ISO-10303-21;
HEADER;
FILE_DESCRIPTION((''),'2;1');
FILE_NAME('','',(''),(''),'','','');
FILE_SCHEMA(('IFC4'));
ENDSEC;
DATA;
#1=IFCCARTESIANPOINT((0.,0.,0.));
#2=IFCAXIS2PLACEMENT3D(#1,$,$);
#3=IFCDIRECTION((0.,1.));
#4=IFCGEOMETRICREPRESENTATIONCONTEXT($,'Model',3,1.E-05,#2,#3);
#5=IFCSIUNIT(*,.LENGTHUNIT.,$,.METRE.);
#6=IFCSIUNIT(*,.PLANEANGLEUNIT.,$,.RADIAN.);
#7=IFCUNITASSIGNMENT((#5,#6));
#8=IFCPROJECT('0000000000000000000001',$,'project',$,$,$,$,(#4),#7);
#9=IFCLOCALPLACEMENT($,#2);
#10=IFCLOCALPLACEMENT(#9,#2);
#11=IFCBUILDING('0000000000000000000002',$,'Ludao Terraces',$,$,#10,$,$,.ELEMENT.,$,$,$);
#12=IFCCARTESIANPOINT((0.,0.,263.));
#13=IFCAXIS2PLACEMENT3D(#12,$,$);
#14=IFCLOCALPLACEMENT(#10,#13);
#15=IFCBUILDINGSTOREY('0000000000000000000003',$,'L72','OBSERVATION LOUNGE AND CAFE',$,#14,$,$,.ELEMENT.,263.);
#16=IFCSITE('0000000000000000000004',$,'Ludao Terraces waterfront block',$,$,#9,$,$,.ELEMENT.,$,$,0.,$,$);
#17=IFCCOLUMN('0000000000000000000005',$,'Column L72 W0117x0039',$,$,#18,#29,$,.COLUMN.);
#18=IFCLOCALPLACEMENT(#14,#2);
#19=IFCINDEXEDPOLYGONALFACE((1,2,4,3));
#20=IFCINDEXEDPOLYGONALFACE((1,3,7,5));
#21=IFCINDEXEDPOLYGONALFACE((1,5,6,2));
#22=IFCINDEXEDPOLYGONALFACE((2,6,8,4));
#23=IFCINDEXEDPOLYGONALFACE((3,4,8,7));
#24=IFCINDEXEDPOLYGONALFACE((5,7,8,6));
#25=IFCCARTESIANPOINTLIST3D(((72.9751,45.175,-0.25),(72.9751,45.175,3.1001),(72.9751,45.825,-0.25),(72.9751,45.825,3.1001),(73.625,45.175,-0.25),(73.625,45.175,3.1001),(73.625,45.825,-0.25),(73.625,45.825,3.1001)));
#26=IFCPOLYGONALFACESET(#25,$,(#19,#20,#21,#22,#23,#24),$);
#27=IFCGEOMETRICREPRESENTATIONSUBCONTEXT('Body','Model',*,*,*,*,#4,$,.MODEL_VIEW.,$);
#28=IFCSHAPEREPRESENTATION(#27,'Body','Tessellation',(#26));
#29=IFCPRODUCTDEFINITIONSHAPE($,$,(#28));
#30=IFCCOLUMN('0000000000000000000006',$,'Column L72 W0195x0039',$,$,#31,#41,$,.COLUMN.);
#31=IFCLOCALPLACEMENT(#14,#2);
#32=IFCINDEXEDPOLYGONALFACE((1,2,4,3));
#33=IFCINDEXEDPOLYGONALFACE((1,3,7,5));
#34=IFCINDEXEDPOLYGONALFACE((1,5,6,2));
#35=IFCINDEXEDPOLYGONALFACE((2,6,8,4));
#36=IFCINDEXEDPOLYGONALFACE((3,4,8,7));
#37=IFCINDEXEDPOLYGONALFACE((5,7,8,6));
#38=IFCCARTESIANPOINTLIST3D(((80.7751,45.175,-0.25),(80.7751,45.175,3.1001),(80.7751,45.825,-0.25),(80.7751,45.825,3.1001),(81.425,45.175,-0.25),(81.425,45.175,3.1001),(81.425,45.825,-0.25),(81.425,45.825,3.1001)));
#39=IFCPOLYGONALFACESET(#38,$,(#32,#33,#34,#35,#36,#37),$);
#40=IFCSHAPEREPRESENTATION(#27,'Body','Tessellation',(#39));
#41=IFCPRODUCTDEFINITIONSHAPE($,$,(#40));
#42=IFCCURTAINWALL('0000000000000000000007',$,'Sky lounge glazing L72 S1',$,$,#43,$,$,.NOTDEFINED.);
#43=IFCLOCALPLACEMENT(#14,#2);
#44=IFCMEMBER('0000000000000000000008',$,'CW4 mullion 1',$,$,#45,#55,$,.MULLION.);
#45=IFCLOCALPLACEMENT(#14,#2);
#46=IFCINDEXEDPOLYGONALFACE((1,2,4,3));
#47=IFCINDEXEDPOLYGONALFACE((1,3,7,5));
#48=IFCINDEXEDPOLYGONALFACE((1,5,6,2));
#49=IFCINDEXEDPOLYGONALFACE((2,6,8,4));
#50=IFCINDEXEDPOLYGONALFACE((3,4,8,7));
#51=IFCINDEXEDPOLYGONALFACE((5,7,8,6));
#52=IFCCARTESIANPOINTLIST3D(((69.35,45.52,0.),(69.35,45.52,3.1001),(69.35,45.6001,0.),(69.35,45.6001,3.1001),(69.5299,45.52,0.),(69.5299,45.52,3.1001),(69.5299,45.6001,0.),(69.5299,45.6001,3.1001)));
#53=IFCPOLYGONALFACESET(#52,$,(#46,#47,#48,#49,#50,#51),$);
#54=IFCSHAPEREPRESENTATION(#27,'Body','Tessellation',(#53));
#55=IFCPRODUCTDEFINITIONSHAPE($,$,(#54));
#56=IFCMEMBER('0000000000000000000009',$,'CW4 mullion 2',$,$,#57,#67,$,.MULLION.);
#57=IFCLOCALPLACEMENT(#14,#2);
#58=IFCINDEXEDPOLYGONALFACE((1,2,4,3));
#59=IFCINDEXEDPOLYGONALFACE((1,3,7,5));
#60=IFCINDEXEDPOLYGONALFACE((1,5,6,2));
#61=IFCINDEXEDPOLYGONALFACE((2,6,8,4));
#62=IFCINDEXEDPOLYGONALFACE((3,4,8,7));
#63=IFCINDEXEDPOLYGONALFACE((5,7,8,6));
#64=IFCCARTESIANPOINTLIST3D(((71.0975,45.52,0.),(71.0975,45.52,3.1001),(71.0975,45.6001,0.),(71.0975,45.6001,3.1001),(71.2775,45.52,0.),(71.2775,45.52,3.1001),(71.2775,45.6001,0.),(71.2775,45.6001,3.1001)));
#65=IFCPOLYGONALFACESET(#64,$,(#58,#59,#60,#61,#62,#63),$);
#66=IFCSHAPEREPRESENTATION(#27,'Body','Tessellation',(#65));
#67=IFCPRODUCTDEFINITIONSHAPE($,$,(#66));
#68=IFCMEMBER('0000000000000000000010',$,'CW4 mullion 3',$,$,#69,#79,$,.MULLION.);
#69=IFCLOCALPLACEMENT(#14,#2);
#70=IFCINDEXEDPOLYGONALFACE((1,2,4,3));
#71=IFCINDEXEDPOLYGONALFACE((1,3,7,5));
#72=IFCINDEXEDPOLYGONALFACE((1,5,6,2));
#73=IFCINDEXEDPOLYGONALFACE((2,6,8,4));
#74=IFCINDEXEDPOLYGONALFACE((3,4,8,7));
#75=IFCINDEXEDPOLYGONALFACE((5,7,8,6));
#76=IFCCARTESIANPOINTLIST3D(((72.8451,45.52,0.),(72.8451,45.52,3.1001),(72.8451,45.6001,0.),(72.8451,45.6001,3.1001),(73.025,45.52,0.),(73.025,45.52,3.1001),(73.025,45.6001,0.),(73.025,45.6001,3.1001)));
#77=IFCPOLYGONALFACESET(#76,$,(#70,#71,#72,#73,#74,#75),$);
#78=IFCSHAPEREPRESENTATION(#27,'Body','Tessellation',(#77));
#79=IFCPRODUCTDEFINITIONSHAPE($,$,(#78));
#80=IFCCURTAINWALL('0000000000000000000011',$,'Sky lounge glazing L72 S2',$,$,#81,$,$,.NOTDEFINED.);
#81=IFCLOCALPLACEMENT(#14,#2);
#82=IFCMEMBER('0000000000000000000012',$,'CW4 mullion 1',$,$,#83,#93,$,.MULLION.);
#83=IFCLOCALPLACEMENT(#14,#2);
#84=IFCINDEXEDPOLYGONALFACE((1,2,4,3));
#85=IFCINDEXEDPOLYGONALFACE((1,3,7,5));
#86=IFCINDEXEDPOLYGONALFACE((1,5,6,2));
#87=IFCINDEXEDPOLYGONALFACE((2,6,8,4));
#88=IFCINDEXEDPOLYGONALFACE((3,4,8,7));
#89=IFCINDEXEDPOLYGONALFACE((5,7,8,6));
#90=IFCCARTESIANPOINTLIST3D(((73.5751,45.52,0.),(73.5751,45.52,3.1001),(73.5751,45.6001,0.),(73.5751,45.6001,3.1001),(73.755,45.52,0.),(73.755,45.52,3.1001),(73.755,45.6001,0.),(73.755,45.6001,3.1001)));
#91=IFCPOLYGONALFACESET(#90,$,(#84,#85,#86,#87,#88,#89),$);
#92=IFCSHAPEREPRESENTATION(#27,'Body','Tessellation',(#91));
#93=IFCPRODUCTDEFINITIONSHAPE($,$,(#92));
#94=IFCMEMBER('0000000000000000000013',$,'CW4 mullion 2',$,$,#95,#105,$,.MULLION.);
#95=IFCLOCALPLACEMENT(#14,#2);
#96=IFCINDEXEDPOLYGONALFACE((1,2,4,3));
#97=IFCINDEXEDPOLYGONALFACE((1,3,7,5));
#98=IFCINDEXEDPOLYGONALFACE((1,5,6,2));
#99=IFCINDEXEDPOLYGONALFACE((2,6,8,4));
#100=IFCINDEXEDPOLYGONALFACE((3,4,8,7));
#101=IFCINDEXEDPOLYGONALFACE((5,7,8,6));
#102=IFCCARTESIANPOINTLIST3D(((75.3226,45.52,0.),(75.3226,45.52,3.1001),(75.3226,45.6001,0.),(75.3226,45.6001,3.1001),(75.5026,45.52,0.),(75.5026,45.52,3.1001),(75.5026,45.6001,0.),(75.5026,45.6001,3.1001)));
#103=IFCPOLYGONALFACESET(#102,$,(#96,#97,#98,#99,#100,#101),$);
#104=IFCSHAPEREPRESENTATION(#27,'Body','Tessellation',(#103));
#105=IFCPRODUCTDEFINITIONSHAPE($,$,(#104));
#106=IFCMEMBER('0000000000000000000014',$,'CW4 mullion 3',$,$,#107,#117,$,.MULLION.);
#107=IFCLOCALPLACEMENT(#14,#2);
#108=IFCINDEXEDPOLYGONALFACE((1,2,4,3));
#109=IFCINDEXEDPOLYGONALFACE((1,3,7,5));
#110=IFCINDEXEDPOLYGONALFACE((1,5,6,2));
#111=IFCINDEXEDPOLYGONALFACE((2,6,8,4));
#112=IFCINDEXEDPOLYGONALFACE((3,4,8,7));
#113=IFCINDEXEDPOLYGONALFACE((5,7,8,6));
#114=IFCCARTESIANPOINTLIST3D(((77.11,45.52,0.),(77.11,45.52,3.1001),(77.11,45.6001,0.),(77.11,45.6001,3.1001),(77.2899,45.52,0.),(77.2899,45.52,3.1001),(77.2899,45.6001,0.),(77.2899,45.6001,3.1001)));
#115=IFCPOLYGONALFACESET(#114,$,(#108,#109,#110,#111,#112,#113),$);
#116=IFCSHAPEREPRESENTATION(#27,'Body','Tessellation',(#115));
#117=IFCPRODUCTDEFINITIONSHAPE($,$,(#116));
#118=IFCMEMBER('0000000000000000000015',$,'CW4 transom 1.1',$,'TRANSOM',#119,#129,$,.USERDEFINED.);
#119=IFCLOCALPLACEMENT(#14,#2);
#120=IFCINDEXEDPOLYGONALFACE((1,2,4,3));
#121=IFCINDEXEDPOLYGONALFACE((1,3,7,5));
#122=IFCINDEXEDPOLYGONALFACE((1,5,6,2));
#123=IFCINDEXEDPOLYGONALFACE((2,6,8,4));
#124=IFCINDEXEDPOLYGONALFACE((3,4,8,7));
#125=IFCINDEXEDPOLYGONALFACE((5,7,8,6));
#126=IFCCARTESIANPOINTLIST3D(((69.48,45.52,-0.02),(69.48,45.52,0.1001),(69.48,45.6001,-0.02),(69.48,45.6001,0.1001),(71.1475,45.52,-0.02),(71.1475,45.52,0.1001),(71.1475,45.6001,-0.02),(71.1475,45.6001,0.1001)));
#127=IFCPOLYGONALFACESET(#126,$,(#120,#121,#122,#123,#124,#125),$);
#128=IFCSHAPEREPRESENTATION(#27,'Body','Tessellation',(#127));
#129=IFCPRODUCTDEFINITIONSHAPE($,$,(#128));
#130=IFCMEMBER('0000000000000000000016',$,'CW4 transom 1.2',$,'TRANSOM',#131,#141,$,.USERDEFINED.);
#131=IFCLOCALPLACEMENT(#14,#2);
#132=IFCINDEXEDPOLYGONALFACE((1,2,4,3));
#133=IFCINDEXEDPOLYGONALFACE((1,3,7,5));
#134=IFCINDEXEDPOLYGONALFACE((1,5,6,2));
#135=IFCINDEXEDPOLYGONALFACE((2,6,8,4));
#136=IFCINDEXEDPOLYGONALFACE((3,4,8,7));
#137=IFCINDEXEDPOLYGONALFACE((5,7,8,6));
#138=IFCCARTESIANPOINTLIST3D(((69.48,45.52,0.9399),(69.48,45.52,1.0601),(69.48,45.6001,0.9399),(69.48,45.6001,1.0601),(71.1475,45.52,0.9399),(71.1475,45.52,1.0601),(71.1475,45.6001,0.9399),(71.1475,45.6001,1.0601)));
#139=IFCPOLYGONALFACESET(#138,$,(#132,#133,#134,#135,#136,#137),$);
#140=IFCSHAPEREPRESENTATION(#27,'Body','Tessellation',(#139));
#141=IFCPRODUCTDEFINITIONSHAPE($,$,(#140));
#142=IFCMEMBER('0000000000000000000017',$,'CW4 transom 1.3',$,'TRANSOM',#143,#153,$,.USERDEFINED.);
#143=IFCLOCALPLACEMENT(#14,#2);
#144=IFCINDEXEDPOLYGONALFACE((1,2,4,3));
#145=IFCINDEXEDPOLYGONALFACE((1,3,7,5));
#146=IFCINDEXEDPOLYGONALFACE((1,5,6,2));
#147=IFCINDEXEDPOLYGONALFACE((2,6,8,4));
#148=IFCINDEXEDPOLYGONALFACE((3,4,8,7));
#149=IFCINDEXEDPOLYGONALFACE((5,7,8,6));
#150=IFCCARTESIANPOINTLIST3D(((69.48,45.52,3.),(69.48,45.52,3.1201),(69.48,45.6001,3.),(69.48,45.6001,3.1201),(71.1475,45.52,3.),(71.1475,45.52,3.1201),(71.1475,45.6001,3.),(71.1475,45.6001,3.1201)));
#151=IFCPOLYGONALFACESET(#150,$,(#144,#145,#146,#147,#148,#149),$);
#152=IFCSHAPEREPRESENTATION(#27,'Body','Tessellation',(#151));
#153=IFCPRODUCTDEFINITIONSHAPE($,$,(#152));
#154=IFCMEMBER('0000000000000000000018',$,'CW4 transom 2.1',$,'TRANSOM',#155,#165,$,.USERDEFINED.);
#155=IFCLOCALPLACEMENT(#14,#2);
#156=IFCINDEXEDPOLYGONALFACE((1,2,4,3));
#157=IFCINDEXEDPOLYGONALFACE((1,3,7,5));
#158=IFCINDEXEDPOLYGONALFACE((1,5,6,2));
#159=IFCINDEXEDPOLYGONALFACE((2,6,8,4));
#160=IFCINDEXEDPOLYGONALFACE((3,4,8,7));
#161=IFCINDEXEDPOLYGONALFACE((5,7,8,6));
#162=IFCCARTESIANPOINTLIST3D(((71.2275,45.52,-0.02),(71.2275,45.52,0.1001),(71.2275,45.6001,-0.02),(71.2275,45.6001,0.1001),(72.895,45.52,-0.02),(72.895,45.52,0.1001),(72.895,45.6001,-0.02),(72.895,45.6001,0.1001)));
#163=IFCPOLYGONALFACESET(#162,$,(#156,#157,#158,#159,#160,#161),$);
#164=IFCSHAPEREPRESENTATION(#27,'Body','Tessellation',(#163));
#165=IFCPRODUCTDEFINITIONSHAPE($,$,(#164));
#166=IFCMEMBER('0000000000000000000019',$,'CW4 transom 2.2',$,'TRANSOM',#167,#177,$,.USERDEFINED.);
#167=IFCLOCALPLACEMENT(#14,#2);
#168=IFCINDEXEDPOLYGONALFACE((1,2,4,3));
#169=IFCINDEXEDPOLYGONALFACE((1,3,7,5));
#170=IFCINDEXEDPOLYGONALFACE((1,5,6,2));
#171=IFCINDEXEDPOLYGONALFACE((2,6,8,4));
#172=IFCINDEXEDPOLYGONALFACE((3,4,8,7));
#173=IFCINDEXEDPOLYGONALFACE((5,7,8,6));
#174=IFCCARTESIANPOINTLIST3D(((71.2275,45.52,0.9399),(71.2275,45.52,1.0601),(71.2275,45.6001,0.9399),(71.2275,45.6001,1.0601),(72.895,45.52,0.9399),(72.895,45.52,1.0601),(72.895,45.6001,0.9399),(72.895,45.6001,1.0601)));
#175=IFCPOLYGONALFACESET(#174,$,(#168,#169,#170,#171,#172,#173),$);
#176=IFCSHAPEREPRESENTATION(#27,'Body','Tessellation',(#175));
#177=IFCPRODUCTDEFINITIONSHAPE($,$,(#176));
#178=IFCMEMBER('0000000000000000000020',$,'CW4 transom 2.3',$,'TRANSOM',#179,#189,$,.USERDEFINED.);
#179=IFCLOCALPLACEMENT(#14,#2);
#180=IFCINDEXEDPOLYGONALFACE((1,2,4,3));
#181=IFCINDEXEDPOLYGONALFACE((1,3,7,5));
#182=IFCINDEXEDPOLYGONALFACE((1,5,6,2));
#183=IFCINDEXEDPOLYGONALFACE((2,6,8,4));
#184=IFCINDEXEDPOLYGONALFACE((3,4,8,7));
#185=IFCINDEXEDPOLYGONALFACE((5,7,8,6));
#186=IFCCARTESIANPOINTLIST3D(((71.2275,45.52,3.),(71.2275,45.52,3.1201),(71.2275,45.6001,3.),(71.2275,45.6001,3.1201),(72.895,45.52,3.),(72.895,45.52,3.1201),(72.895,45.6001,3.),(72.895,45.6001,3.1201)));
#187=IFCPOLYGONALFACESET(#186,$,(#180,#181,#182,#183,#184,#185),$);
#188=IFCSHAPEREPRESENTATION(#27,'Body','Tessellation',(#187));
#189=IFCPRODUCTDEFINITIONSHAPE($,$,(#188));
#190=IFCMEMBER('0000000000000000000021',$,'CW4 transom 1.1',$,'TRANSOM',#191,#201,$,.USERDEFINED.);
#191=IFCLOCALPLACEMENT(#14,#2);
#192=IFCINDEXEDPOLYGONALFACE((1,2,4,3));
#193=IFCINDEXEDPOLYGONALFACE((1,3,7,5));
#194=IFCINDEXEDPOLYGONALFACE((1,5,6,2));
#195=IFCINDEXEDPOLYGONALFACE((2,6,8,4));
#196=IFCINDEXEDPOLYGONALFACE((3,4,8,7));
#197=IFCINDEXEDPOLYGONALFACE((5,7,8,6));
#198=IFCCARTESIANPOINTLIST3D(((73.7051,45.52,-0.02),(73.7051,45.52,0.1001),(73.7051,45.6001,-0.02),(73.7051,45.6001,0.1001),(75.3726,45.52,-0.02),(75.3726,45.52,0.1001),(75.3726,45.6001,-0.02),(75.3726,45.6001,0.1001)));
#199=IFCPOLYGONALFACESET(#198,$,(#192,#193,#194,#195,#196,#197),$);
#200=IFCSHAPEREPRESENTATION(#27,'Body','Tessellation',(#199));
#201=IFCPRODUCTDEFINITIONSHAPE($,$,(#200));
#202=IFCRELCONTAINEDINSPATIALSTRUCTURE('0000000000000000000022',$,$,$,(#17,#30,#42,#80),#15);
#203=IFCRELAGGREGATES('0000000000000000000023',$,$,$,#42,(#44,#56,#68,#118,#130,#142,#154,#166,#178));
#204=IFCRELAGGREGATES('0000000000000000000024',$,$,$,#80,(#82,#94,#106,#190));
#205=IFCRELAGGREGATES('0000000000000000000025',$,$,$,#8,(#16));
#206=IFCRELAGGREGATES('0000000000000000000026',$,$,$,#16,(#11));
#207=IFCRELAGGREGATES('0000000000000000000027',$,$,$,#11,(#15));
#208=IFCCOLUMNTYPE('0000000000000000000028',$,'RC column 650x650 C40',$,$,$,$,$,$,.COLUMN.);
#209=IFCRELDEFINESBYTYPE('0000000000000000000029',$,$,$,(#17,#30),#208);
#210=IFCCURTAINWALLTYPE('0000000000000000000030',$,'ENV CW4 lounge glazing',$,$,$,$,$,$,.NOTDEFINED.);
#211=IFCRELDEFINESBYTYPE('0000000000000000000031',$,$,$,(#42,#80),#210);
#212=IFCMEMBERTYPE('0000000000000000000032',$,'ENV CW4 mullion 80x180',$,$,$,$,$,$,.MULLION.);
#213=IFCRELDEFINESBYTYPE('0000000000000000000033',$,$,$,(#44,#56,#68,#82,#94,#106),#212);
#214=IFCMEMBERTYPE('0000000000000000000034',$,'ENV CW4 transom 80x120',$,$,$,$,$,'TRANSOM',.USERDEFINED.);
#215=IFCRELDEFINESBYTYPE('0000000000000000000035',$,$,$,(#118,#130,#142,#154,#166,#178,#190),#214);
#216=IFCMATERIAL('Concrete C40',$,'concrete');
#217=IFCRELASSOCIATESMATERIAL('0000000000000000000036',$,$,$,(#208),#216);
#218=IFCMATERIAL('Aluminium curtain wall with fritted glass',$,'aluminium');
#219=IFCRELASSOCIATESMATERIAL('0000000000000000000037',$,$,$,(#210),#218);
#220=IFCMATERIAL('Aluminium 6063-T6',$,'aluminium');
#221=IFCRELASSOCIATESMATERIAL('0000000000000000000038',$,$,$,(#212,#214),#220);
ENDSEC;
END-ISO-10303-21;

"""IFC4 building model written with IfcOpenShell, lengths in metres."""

from ifc_helpers import new_model, si_unit, direction, frame, origin, origin_2d, place, context, subcontext, project, spatial, rectangle, extrude, material, material_profile, profile_set, type_object, element, aggregate, save


model = new_model("IFC4")

# Units and contexts
model_context = context("Model", 3, precision=1e-05, world=origin(), true_north=direction((0.0, 1.0)))
body_context = subcontext(model_context, "Body", "Model", "MODEL_VIEW")
ifc_project = project(units=[si_unit("LENGTHUNIT", "METRE"), si_unit("PLANEANGLEUNIT", "RADIAN")], contexts=[model_context])

# Site, building, storey
site_placement = place(None, origin())
site = spatial("IfcSite", under=ifc_project, at=site_placement, Name="Ludao Terraces waterfront block", CompositionType="ELEMENT", RefElevation=0.0)
building_placement = place(site_placement, origin())
building = spatial("IfcBuilding", under=site, at=building_placement, Name="Ludao Terraces", CompositionType="ELEMENT")
storey_placement = place(building_placement, frame((0.0, 0.0, 263.0)))
storey = spatial("IfcBuildingStorey", under=building, at=storey_placement, Name="L72", Description="OBSERVATION LOUNGE AND CAFE", CompositionType="ELEMENT", Elevation=263.0)

# Columns
ifc_material_1 = material(Name="Concrete C40", Category="concrete")
ifc_material_profile_1 = material_profile(ifc_material_1, rectangle(XDim=0.6499, YDim=0.6499, at=origin_2d()), Name="650 X 650")
ifc_profile_set_1 = profile_set([ifc_material_profile_1], Name="Concrete C40")
column_type = type_object("IfcColumnType", Name="RC column 650x650 C40", PredefinedType="COLUMN", material=ifc_profile_set_1)
for number, where, z_axis, x_axis, name in (
    (1, (73.3, 45.5, -0.25), (0.0, 0.0, 1.0), (1.0, 0.0, 0.0), "Column L72 W0117x0039"),
    (2, (81.1001, 45.5, -0.25), (0.0, 0.0, 1.0), (1.0, 0.0, 0.0), "Column L72 W0195x0039"),
):
    element("IfcColumn", number, at=place(storey_placement, frame(where, z_axis=z_axis, x_axis=x_axis)), inside=storey, type_object=column_type, Name=name, PredefinedType="COLUMN", context=body_context, shape_type="SweptSolid", body=[
        extrude(rectangle(XDim=0.6499, YDim=0.6499, at=origin_2d()), origin(), (0.0, 0.0, 1.0), 3.3501),
    ])

# Curtain walls, members
ifc_material_2 = material(Name="Aluminium curtain wall with fritted glass", Category="aluminium")
curtain_wall_type = type_object("IfcCurtainWallType", Name="ENV CW4 lounge glazing", PredefinedType="NOTDEFINED", material=ifc_material_2)
curtain_wall_1_placement = place(storey_placement, origin())
curtain_wall_1 = element("IfcCurtainWall", 3, at=curtain_wall_1_placement, inside=storey, type_object=curtain_wall_type, Name="Sky lounge glazing L72 S1", PredefinedType="NOTDEFINED")
ifc_material_3 = material(Name="Aluminium 6063-T6", Category="aluminium")
ifc_material_profile_2 = material_profile(ifc_material_3, rectangle(XDim=0.0801, YDim=0.1799, at=origin_2d()), Name="80 X 180")
ifc_profile_set_2 = profile_set([ifc_material_profile_2], Name="Aluminium 6063-T6")
member_type_1 = type_object("IfcMemberType", Name="ENV CW4 mullion 80x180", PredefinedType="MULLION", material=ifc_profile_set_2)
member_1_placement = place(storey_placement, frame((69.4399, 45.5601, 0.0), z_axis=(0.0, 0.0, 1.0), x_axis=(0.0, 1.0, 0.0)))
member_1 = element("IfcMember", 4, at=member_1_placement, type_object=member_type_1, Name="CW4 mullion 1", PredefinedType="MULLION", context=body_context, shape_type="SweptSolid", body=[
    extrude(rectangle(XDim=0.0801, YDim=0.1799, at=origin_2d()), origin(), (0.0, 0.0, 1.0), 3.1001),
])
member_2_placement = place(storey_placement, frame((71.1875, 45.5601, 0.0), z_axis=(0.0, 0.0, 1.0), x_axis=(0.0, 1.0, 0.0)))
member_2 = element("IfcMember", 5, at=member_2_placement, type_object=member_type_1, Name="CW4 mullion 2", PredefinedType="MULLION", context=body_context, shape_type="SweptSolid", body=[
    extrude(rectangle(XDim=0.0801, YDim=0.1799, at=origin_2d()), origin(), (0.0, 0.0, 1.0), 3.1001),
])
member_3_placement = place(storey_placement, frame((72.9351, 45.5601, 0.0), z_axis=(0.0, 0.0, 1.0), x_axis=(0.0, 1.0, 0.0)))
member_3 = element("IfcMember", 6, at=member_3_placement, type_object=member_type_1, Name="CW4 mullion 3", PredefinedType="MULLION", context=body_context, shape_type="SweptSolid", body=[
    extrude(rectangle(XDim=0.0801, YDim=0.1799, at=origin_2d()), origin(), (0.0, 0.0, 1.0), 3.1001),
])
curtain_wall_2_placement = place(storey_placement, origin())
curtain_wall_2 = element("IfcCurtainWall", 7, at=curtain_wall_2_placement, inside=storey, type_object=curtain_wall_type, Name="Sky lounge glazing L72 S2", PredefinedType="NOTDEFINED")
member_4_placement = place(storey_placement, frame((73.665, 45.5601, 0.0), z_axis=(0.0, 0.0, 1.0), x_axis=(0.0, 1.0, 0.0)))
member_4 = element("IfcMember", 8, at=member_4_placement, type_object=member_type_1, Name="CW4 mullion 1", PredefinedType="MULLION", context=body_context, shape_type="SweptSolid", body=[
    extrude(rectangle(XDim=0.0801, YDim=0.1799, at=origin_2d()), origin(), (0.0, 0.0, 1.0), 3.1001),
])
member_5_placement = place(storey_placement, frame((75.4126, 45.5601, 0.0), z_axis=(0.0, 0.0, 1.0), x_axis=(0.0, 1.0, 0.0)))
member_5 = element("IfcMember", 9, at=member_5_placement, type_object=member_type_1, Name="CW4 mullion 2", PredefinedType="MULLION", context=body_context, shape_type="SweptSolid", body=[
    extrude(rectangle(XDim=0.0801, YDim=0.1799, at=origin_2d()), origin(), (0.0, 0.0, 1.0), 3.1001),
])
member_6_placement = place(storey_placement, frame((77.2, 45.5601, 0.0), z_axis=(0.0, 0.0, 1.0), x_axis=(0.0, 1.0, 0.0)))
member_6 = element("IfcMember", 10, at=member_6_placement, type_object=member_type_1, Name="CW4 mullion 3", PredefinedType="MULLION", context=body_context, shape_type="SweptSolid", body=[
    extrude(rectangle(XDim=0.0801, YDim=0.1799, at=origin_2d()), origin(), (0.0, 0.0, 1.0), 3.1001),
])

# Members
ifc_material_profile_3 = material_profile(ifc_material_3, rectangle(XDim=0.0801, YDim=0.1201, at=origin_2d()), Name="80 X 120")
ifc_profile_set_3 = profile_set([ifc_material_profile_3], Name="Aluminium 6063-T6")
member_type_2 = type_object("IfcMemberType", Name="ENV CW4 transom 80x120", ElementType="TRANSOM", PredefinedType="USERDEFINED", material=ifc_profile_set_3)
member_7_placement = place(storey_placement, frame((69.48, 45.5601, 0.04), z_axis=(1.0, 0.0, 0.0), x_axis=(0.0, 1.0, 0.0)))
member_7 = element("IfcMember", 11, at=member_7_placement, type_object=member_type_2, Name="CW4 transom 1.1", ObjectType="TRANSOM", PredefinedType="USERDEFINED", context=body_context, shape_type="SweptSolid", body=[
    extrude(rectangle(XDim=0.0801, YDim=0.1201, at=origin_2d()), origin(), (0.0, 0.0, 1.0), 1.6675),
])
member_8_placement = place(storey_placement, frame((69.48, 45.5601, 1.0), z_axis=(1.0, 0.0, 0.0), x_axis=(0.0, 1.0, 0.0)))
member_8 = element("IfcMember", 12, at=member_8_placement, type_object=member_type_2, Name="CW4 transom 1.2", ObjectType="TRANSOM", PredefinedType="USERDEFINED", context=body_context, shape_type="SweptSolid", body=[
    extrude(rectangle(XDim=0.0801, YDim=0.1201, at=origin_2d()), origin(), (0.0, 0.0, 1.0), 1.6675),
])
member_9_placement = place(storey_placement, frame((69.48, 45.5601, 3.0601), z_axis=(1.0, 0.0, 0.0), x_axis=(0.0, 1.0, 0.0)))
member_9 = element("IfcMember", 13, at=member_9_placement, type_object=member_type_2, Name="CW4 transom 1.3", ObjectType="TRANSOM", PredefinedType="USERDEFINED", context=body_context, shape_type="SweptSolid", body=[
    extrude(rectangle(XDim=0.0801, YDim=0.1201, at=origin_2d()), origin(), (0.0, 0.0, 1.0), 1.6675),
])
member_10_placement = place(storey_placement, frame((71.2275, 45.5601, 0.04), z_axis=(1.0, 0.0, 0.0), x_axis=(0.0, 1.0, 0.0)))
member_10 = element("IfcMember", 14, at=member_10_placement, type_object=member_type_2, Name="CW4 transom 2.1", ObjectType="TRANSOM", PredefinedType="USERDEFINED", context=body_context, shape_type="SweptSolid", body=[
    extrude(rectangle(XDim=0.0801, YDim=0.1201, at=origin_2d()), origin(), (0.0, 0.0, 1.0), 1.6675),
])
member_11_placement = place(storey_placement, frame((71.2275, 45.5601, 1.0), z_axis=(1.0, 0.0, 0.0), x_axis=(0.0, 1.0, 0.0)))
member_11 = element("IfcMember", 15, at=member_11_placement, type_object=member_type_2, Name="CW4 transom 2.2", ObjectType="TRANSOM", PredefinedType="USERDEFINED", context=body_context, shape_type="SweptSolid", body=[
    extrude(rectangle(XDim=0.0801, YDim=0.1201, at=origin_2d()), origin(), (0.0, 0.0, 1.0), 1.6675),
])
member_12_placement = place(storey_placement, frame((71.2275, 45.5601, 3.0601), z_axis=(1.0, 0.0, 0.0), x_axis=(0.0, 1.0, 0.0)))
member_12 = element("IfcMember", 16, at=member_12_placement, type_object=member_type_2, Name="CW4 transom 2.3", ObjectType="TRANSOM", PredefinedType="USERDEFINED", context=body_context, shape_type="SweptSolid", body=[
    extrude(rectangle(XDim=0.0801, YDim=0.1201, at=origin_2d()), origin(), (0.0, 0.0, 1.0), 1.6675),
])
member_13_placement = place(storey_placement, frame((73.7051, 45.5601, 0.04), z_axis=(1.0, 0.0, 0.0), x_axis=(0.0, 1.0, 0.0)))
member_13 = element("IfcMember", 17, at=member_13_placement, type_object=member_type_2, Name="CW4 transom 1.1", ObjectType="TRANSOM", PredefinedType="USERDEFINED", context=body_context, shape_type="SweptSolid", body=[
    extrude(rectangle(XDim=0.0801, YDim=0.1201, at=origin_2d()), origin(), (0.0, 0.0, 1.0), 1.6675),
])

aggregate(curtain_wall_1, [member_1, member_2, member_3, member_7, member_8, member_9, member_10, member_11, member_12])
aggregate(curtain_wall_2, [member_4, member_5, member_6, member_13])

save(model, "model.ifc")
